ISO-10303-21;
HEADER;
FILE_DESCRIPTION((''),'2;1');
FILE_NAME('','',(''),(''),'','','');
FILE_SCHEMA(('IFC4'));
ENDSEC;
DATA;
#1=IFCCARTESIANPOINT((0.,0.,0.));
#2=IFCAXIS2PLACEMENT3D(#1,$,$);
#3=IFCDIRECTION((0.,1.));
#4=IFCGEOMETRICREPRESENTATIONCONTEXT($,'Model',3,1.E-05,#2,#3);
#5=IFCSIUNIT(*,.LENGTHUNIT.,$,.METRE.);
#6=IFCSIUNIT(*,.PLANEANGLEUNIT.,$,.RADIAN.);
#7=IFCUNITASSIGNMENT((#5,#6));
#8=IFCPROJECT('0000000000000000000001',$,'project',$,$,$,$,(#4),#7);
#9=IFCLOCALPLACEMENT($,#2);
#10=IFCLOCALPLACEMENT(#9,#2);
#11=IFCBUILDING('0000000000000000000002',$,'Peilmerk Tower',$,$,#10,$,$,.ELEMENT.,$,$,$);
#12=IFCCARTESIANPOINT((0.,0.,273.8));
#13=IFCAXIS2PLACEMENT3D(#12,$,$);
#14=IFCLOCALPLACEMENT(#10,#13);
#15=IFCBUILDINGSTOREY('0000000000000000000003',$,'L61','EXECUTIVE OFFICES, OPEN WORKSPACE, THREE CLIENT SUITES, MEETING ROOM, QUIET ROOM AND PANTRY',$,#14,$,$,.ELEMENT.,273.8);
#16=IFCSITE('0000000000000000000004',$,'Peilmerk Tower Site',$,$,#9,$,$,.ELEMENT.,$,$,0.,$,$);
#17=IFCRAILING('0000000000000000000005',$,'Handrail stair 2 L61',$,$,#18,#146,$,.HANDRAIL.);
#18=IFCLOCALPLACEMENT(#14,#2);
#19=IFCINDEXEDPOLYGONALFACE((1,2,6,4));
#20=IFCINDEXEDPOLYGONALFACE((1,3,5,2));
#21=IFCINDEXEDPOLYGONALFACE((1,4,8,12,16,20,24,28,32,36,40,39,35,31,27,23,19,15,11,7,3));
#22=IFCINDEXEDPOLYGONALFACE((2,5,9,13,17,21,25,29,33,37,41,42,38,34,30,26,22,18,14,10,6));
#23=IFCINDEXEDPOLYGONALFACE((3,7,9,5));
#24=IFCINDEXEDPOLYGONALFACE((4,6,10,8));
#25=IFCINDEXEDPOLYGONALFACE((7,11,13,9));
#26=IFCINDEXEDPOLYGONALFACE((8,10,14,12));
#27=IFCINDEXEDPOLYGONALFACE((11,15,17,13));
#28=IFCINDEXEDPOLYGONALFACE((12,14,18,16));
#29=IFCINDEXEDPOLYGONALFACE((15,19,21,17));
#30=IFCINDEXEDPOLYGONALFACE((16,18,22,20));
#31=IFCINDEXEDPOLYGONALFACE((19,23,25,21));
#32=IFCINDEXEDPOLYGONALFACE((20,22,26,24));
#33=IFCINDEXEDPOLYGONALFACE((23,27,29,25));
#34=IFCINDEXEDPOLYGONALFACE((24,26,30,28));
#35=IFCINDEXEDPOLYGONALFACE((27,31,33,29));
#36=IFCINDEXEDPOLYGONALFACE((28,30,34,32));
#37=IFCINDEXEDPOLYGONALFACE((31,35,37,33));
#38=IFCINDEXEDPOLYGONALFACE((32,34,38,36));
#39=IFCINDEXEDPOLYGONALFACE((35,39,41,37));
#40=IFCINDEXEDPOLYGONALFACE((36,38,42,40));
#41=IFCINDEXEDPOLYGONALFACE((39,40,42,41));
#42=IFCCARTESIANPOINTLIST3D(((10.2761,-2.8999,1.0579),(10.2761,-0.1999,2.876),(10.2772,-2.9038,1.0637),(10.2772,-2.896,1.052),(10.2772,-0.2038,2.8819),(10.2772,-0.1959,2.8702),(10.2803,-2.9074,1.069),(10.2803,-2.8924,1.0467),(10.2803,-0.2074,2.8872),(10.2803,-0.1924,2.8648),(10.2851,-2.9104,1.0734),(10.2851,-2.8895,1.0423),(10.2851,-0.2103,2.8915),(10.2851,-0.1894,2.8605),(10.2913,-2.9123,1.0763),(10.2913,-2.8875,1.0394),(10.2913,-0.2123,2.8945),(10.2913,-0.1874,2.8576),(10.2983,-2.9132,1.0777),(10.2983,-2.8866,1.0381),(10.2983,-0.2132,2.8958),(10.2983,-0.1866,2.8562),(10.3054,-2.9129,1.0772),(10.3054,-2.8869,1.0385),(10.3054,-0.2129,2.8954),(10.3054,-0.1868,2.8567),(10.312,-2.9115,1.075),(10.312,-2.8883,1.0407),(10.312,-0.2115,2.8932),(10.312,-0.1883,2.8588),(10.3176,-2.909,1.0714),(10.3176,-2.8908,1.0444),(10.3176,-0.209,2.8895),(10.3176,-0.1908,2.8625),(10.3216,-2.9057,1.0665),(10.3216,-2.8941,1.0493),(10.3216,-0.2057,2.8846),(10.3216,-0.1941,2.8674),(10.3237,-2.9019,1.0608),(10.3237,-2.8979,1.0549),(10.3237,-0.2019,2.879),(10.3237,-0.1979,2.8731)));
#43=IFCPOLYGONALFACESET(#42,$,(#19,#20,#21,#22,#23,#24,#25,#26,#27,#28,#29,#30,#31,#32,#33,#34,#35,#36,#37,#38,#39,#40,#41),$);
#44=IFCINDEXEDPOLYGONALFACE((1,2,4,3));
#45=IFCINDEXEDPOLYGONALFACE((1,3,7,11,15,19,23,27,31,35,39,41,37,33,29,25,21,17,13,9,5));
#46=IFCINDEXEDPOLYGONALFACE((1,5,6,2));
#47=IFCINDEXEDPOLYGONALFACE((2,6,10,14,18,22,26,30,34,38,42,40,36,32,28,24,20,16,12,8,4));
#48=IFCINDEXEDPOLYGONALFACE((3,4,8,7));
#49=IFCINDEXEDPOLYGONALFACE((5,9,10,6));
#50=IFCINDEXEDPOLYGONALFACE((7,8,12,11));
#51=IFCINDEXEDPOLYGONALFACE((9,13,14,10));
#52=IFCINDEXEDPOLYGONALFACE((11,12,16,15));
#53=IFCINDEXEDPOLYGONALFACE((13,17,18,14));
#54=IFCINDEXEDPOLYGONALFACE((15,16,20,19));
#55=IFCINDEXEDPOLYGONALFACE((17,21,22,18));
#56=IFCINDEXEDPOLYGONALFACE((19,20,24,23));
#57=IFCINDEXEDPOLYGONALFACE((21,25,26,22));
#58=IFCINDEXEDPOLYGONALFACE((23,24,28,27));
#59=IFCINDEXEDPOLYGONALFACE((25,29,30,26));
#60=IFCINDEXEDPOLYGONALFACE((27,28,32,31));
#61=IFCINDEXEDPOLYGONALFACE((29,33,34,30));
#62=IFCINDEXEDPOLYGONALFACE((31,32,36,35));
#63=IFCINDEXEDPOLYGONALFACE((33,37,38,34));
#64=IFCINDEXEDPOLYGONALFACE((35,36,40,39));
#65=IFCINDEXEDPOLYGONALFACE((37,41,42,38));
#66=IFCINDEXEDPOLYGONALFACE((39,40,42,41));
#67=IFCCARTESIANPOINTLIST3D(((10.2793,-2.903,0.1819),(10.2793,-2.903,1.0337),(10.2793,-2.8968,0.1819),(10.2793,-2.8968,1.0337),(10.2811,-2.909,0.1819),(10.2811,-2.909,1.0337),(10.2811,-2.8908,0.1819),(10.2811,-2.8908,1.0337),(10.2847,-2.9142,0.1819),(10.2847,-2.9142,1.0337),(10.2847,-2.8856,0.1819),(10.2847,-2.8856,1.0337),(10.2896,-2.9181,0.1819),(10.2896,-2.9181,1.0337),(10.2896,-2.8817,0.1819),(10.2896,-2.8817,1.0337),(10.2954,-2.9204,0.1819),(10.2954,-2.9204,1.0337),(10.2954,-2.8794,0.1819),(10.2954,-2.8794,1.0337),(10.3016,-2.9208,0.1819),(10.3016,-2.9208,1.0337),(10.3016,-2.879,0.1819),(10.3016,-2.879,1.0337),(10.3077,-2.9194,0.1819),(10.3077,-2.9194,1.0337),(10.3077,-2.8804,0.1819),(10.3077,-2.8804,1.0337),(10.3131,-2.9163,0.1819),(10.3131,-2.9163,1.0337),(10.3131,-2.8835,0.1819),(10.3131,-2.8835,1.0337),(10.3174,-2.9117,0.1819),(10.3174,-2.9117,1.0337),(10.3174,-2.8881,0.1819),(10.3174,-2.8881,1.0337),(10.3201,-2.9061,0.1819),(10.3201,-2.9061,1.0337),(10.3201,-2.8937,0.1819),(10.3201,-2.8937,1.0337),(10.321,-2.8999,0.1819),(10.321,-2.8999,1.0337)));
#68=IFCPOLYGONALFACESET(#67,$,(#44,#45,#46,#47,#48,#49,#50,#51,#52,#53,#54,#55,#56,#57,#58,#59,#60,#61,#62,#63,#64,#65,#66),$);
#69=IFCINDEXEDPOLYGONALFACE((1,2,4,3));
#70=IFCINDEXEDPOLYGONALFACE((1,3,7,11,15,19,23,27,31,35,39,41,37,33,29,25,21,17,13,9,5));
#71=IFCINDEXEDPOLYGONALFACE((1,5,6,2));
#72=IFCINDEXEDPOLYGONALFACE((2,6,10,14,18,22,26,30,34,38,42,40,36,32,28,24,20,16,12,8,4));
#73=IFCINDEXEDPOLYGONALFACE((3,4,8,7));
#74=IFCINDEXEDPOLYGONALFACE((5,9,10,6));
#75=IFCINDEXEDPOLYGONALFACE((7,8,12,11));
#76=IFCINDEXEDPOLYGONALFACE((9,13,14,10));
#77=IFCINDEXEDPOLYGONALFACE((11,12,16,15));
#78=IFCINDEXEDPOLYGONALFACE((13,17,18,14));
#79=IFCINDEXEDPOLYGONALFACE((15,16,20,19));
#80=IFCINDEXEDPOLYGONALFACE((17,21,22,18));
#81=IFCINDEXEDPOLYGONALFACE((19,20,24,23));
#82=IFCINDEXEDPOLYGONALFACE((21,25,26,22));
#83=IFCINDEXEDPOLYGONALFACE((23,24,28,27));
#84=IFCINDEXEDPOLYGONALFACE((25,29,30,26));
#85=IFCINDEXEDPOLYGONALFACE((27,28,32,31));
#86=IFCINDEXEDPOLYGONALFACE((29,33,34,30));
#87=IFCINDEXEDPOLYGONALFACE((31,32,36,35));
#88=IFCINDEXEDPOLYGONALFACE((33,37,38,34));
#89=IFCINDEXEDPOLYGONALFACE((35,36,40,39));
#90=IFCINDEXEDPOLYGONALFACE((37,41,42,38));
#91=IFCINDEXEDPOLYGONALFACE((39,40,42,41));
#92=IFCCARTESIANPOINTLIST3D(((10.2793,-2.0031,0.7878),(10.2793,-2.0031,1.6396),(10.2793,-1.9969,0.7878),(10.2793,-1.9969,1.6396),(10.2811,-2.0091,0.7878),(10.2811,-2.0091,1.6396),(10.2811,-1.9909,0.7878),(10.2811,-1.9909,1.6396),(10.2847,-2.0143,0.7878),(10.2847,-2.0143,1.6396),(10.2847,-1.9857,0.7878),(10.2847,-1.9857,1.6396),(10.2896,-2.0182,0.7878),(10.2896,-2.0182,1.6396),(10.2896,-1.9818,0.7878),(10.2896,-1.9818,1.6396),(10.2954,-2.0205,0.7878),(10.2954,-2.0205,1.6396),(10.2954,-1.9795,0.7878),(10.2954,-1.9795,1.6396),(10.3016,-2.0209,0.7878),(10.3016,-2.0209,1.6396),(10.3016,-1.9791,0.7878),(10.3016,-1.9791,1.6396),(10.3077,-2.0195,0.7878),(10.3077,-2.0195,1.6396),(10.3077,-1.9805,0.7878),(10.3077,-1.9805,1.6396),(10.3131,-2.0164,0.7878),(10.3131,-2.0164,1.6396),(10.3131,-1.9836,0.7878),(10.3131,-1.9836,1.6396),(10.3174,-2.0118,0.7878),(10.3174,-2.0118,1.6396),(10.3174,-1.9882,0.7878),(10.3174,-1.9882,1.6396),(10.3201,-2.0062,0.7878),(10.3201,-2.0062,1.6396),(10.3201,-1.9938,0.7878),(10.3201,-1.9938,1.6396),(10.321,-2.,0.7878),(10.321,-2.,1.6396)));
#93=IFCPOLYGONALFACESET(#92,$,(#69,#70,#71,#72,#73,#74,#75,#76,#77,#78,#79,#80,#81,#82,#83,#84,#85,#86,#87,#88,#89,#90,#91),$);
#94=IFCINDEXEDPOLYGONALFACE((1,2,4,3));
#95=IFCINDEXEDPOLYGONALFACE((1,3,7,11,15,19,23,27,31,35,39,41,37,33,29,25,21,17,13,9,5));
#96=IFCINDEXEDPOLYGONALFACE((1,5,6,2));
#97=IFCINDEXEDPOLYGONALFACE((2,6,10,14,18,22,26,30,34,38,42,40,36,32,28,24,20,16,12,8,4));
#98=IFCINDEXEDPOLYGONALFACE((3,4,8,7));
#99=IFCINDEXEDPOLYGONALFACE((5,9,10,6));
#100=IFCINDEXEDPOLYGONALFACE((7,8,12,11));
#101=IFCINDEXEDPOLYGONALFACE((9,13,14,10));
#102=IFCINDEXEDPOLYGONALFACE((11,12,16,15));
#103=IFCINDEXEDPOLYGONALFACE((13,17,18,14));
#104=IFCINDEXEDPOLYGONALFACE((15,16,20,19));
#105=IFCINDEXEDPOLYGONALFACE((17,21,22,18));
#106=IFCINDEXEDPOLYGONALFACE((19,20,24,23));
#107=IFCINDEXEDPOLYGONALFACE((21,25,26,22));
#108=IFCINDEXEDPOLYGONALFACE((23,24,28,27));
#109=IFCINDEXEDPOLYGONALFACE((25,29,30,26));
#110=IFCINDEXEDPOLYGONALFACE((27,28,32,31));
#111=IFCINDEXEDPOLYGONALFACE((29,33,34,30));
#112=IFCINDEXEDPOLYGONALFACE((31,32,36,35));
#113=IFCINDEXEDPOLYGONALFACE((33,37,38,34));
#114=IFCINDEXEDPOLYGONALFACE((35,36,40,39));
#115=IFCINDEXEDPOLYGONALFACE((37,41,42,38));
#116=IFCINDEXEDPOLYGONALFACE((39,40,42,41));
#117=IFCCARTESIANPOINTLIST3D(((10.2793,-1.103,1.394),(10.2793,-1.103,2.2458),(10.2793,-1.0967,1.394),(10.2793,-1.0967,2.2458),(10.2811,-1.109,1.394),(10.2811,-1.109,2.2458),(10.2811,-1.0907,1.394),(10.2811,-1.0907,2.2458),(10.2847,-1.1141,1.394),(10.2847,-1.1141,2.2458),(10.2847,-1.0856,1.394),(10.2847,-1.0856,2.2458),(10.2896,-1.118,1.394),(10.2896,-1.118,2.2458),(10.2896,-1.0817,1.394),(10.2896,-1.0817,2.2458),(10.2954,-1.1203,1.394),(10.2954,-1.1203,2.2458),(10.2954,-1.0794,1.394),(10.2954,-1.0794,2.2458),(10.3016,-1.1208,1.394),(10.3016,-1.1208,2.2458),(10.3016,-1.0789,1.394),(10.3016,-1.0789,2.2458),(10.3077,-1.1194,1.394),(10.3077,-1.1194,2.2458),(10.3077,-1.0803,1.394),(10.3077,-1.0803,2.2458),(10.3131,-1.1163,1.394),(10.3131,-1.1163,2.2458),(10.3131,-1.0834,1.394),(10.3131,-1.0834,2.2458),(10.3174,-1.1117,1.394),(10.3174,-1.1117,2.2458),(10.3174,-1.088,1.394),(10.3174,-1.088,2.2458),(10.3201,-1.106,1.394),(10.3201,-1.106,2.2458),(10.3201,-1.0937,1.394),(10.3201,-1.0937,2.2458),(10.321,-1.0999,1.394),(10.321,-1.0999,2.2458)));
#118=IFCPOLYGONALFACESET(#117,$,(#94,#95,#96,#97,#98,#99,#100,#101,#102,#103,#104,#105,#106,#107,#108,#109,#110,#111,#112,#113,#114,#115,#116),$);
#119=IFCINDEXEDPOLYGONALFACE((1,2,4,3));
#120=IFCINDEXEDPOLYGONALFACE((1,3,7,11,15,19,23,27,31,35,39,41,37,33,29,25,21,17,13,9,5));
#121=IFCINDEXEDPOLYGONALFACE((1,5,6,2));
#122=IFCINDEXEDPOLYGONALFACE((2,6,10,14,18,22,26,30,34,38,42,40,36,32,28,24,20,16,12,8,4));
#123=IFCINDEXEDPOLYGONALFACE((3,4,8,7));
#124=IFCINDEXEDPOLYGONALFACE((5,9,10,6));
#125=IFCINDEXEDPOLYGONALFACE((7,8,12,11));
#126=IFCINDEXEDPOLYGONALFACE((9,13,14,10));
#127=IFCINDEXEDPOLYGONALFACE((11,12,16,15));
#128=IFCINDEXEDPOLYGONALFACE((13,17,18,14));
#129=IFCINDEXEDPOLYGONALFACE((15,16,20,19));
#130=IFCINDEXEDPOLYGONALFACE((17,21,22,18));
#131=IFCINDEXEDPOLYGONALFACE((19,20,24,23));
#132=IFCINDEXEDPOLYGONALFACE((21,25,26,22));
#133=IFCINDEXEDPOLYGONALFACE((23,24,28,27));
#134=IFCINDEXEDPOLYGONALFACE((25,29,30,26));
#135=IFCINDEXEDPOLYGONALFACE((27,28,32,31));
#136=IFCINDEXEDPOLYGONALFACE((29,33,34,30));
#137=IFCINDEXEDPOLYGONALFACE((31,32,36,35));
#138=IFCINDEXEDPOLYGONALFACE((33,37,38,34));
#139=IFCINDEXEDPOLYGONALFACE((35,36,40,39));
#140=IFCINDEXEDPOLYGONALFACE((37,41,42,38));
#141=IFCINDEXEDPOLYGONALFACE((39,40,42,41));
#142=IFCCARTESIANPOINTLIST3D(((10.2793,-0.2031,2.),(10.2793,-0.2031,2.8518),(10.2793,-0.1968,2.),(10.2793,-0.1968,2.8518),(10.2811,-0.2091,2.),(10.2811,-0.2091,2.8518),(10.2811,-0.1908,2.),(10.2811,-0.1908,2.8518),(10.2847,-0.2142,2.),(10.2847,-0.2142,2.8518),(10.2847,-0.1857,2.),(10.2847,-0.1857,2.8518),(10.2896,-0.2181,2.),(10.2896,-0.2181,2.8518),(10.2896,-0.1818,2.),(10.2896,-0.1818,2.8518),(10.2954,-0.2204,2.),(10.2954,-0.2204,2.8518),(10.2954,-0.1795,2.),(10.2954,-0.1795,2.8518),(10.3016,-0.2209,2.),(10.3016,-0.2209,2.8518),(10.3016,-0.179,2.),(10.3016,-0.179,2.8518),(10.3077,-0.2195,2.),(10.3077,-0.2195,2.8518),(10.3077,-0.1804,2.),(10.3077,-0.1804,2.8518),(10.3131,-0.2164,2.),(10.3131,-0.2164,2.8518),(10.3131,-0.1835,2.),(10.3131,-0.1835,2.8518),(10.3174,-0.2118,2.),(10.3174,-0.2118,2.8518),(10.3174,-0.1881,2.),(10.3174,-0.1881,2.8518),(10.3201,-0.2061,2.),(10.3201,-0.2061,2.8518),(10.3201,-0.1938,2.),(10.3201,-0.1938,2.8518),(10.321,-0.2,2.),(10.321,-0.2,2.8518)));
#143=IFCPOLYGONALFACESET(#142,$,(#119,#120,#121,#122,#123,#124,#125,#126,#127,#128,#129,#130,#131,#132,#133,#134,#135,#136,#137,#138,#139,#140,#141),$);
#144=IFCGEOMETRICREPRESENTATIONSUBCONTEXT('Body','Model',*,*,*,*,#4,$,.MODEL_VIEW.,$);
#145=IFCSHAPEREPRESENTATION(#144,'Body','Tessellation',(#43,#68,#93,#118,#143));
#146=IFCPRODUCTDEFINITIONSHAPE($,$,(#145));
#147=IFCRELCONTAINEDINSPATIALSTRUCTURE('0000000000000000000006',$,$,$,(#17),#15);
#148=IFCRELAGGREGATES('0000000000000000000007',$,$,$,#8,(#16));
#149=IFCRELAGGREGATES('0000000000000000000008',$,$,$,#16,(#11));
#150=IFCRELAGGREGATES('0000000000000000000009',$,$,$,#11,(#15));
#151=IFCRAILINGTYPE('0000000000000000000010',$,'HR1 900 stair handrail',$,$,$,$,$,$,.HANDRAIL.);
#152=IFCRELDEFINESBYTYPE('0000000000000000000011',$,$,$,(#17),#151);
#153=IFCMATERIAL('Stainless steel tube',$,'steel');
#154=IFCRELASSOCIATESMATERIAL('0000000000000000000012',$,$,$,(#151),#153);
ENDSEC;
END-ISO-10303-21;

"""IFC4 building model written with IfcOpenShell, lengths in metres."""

from ifc_helpers import new_model, si_unit, direction, frame, origin, origin_2d, place, context, subcontext, project, spatial, circle, extrude, material, type_object, element, save


model = new_model("IFC4")

# Units and contexts
model_context = context("Model", 3, precision=1e-05, world=origin(), true_north=direction((0.0, 1.0)))
body_context = subcontext(model_context, "Body", "Model", "MODEL_VIEW")
ifc_project = project(units=[si_unit("LENGTHUNIT", "METRE"), si_unit("PLANEANGLEUNIT", "RADIAN")], contexts=[model_context])

# Site, building, storey
site_placement = place(None, origin())
site = spatial("IfcSite", under=ifc_project, at=site_placement, Name="Peilmerk Tower Site", CompositionType="ELEMENT", RefElevation=0.0)
building_placement = place(site_placement, origin())
building = spatial("IfcBuilding", under=site, at=building_placement, Name="Peilmerk Tower", CompositionType="ELEMENT")
storey_placement = place(building_placement, frame((0.0, 0.0, 273.8)))
storey = spatial("IfcBuildingStorey", under=building, at=storey_placement, Name="L61", Description="EXECUTIVE OFFICES, OPEN WORKSPACE, THREE CLIENT SUITES, MEETING ROOM, QUIET ROOM AND PANTRY", CompositionType="ELEMENT", Elevation=273.8)

# Railing
ifc_material_1 = material(Name="Stainless steel tube", Category="steel")
railing_type_1 = type_object("IfcRailingType", Name="HR1 900 stair handrail", PredefinedType="HANDRAIL", material=ifc_material_1)
railing_1_placement = place(storey_placement, frame((10.3, -2.8999, 0.1819)))
element("IfcRailing", 1, at=railing_1_placement, inside=storey, type_object=railing_type_1, Name="Handrail stair 2 L61", PredefinedType="HANDRAIL", context=body_context, shape_type="SweptSolid", body=[
    extrude(circle(Radius=0.0239, at=origin_2d()), frame((0.0, 0.0, 0.876), z_axis=(0.0, 0.829468, 0.558554), x_axis=(-1.0, 0.0, 0.0)), (0.0, 0.0, 1.0), 3.2551),
    extrude(circle(Radius=0.021, at=origin_2d()), origin(), (0.0, 0.0, 1.0), 0.8518),
    extrude(circle(Radius=0.021, at=origin_2d()), frame((0.0, 0.8999, 0.606)), (0.0, 0.0, 1.0), 0.8518),
    extrude(circle(Radius=0.021, at=origin_2d()), frame((0.0, 1.8, 1.2122)), (0.0, 0.0, 1.0), 0.8518),
    extrude(circle(Radius=0.021, at=origin_2d()), frame((0.0, 2.7, 1.8181)), (0.0, 0.0, 1.0), 0.8518),
])

save(model, "model.ifc")
